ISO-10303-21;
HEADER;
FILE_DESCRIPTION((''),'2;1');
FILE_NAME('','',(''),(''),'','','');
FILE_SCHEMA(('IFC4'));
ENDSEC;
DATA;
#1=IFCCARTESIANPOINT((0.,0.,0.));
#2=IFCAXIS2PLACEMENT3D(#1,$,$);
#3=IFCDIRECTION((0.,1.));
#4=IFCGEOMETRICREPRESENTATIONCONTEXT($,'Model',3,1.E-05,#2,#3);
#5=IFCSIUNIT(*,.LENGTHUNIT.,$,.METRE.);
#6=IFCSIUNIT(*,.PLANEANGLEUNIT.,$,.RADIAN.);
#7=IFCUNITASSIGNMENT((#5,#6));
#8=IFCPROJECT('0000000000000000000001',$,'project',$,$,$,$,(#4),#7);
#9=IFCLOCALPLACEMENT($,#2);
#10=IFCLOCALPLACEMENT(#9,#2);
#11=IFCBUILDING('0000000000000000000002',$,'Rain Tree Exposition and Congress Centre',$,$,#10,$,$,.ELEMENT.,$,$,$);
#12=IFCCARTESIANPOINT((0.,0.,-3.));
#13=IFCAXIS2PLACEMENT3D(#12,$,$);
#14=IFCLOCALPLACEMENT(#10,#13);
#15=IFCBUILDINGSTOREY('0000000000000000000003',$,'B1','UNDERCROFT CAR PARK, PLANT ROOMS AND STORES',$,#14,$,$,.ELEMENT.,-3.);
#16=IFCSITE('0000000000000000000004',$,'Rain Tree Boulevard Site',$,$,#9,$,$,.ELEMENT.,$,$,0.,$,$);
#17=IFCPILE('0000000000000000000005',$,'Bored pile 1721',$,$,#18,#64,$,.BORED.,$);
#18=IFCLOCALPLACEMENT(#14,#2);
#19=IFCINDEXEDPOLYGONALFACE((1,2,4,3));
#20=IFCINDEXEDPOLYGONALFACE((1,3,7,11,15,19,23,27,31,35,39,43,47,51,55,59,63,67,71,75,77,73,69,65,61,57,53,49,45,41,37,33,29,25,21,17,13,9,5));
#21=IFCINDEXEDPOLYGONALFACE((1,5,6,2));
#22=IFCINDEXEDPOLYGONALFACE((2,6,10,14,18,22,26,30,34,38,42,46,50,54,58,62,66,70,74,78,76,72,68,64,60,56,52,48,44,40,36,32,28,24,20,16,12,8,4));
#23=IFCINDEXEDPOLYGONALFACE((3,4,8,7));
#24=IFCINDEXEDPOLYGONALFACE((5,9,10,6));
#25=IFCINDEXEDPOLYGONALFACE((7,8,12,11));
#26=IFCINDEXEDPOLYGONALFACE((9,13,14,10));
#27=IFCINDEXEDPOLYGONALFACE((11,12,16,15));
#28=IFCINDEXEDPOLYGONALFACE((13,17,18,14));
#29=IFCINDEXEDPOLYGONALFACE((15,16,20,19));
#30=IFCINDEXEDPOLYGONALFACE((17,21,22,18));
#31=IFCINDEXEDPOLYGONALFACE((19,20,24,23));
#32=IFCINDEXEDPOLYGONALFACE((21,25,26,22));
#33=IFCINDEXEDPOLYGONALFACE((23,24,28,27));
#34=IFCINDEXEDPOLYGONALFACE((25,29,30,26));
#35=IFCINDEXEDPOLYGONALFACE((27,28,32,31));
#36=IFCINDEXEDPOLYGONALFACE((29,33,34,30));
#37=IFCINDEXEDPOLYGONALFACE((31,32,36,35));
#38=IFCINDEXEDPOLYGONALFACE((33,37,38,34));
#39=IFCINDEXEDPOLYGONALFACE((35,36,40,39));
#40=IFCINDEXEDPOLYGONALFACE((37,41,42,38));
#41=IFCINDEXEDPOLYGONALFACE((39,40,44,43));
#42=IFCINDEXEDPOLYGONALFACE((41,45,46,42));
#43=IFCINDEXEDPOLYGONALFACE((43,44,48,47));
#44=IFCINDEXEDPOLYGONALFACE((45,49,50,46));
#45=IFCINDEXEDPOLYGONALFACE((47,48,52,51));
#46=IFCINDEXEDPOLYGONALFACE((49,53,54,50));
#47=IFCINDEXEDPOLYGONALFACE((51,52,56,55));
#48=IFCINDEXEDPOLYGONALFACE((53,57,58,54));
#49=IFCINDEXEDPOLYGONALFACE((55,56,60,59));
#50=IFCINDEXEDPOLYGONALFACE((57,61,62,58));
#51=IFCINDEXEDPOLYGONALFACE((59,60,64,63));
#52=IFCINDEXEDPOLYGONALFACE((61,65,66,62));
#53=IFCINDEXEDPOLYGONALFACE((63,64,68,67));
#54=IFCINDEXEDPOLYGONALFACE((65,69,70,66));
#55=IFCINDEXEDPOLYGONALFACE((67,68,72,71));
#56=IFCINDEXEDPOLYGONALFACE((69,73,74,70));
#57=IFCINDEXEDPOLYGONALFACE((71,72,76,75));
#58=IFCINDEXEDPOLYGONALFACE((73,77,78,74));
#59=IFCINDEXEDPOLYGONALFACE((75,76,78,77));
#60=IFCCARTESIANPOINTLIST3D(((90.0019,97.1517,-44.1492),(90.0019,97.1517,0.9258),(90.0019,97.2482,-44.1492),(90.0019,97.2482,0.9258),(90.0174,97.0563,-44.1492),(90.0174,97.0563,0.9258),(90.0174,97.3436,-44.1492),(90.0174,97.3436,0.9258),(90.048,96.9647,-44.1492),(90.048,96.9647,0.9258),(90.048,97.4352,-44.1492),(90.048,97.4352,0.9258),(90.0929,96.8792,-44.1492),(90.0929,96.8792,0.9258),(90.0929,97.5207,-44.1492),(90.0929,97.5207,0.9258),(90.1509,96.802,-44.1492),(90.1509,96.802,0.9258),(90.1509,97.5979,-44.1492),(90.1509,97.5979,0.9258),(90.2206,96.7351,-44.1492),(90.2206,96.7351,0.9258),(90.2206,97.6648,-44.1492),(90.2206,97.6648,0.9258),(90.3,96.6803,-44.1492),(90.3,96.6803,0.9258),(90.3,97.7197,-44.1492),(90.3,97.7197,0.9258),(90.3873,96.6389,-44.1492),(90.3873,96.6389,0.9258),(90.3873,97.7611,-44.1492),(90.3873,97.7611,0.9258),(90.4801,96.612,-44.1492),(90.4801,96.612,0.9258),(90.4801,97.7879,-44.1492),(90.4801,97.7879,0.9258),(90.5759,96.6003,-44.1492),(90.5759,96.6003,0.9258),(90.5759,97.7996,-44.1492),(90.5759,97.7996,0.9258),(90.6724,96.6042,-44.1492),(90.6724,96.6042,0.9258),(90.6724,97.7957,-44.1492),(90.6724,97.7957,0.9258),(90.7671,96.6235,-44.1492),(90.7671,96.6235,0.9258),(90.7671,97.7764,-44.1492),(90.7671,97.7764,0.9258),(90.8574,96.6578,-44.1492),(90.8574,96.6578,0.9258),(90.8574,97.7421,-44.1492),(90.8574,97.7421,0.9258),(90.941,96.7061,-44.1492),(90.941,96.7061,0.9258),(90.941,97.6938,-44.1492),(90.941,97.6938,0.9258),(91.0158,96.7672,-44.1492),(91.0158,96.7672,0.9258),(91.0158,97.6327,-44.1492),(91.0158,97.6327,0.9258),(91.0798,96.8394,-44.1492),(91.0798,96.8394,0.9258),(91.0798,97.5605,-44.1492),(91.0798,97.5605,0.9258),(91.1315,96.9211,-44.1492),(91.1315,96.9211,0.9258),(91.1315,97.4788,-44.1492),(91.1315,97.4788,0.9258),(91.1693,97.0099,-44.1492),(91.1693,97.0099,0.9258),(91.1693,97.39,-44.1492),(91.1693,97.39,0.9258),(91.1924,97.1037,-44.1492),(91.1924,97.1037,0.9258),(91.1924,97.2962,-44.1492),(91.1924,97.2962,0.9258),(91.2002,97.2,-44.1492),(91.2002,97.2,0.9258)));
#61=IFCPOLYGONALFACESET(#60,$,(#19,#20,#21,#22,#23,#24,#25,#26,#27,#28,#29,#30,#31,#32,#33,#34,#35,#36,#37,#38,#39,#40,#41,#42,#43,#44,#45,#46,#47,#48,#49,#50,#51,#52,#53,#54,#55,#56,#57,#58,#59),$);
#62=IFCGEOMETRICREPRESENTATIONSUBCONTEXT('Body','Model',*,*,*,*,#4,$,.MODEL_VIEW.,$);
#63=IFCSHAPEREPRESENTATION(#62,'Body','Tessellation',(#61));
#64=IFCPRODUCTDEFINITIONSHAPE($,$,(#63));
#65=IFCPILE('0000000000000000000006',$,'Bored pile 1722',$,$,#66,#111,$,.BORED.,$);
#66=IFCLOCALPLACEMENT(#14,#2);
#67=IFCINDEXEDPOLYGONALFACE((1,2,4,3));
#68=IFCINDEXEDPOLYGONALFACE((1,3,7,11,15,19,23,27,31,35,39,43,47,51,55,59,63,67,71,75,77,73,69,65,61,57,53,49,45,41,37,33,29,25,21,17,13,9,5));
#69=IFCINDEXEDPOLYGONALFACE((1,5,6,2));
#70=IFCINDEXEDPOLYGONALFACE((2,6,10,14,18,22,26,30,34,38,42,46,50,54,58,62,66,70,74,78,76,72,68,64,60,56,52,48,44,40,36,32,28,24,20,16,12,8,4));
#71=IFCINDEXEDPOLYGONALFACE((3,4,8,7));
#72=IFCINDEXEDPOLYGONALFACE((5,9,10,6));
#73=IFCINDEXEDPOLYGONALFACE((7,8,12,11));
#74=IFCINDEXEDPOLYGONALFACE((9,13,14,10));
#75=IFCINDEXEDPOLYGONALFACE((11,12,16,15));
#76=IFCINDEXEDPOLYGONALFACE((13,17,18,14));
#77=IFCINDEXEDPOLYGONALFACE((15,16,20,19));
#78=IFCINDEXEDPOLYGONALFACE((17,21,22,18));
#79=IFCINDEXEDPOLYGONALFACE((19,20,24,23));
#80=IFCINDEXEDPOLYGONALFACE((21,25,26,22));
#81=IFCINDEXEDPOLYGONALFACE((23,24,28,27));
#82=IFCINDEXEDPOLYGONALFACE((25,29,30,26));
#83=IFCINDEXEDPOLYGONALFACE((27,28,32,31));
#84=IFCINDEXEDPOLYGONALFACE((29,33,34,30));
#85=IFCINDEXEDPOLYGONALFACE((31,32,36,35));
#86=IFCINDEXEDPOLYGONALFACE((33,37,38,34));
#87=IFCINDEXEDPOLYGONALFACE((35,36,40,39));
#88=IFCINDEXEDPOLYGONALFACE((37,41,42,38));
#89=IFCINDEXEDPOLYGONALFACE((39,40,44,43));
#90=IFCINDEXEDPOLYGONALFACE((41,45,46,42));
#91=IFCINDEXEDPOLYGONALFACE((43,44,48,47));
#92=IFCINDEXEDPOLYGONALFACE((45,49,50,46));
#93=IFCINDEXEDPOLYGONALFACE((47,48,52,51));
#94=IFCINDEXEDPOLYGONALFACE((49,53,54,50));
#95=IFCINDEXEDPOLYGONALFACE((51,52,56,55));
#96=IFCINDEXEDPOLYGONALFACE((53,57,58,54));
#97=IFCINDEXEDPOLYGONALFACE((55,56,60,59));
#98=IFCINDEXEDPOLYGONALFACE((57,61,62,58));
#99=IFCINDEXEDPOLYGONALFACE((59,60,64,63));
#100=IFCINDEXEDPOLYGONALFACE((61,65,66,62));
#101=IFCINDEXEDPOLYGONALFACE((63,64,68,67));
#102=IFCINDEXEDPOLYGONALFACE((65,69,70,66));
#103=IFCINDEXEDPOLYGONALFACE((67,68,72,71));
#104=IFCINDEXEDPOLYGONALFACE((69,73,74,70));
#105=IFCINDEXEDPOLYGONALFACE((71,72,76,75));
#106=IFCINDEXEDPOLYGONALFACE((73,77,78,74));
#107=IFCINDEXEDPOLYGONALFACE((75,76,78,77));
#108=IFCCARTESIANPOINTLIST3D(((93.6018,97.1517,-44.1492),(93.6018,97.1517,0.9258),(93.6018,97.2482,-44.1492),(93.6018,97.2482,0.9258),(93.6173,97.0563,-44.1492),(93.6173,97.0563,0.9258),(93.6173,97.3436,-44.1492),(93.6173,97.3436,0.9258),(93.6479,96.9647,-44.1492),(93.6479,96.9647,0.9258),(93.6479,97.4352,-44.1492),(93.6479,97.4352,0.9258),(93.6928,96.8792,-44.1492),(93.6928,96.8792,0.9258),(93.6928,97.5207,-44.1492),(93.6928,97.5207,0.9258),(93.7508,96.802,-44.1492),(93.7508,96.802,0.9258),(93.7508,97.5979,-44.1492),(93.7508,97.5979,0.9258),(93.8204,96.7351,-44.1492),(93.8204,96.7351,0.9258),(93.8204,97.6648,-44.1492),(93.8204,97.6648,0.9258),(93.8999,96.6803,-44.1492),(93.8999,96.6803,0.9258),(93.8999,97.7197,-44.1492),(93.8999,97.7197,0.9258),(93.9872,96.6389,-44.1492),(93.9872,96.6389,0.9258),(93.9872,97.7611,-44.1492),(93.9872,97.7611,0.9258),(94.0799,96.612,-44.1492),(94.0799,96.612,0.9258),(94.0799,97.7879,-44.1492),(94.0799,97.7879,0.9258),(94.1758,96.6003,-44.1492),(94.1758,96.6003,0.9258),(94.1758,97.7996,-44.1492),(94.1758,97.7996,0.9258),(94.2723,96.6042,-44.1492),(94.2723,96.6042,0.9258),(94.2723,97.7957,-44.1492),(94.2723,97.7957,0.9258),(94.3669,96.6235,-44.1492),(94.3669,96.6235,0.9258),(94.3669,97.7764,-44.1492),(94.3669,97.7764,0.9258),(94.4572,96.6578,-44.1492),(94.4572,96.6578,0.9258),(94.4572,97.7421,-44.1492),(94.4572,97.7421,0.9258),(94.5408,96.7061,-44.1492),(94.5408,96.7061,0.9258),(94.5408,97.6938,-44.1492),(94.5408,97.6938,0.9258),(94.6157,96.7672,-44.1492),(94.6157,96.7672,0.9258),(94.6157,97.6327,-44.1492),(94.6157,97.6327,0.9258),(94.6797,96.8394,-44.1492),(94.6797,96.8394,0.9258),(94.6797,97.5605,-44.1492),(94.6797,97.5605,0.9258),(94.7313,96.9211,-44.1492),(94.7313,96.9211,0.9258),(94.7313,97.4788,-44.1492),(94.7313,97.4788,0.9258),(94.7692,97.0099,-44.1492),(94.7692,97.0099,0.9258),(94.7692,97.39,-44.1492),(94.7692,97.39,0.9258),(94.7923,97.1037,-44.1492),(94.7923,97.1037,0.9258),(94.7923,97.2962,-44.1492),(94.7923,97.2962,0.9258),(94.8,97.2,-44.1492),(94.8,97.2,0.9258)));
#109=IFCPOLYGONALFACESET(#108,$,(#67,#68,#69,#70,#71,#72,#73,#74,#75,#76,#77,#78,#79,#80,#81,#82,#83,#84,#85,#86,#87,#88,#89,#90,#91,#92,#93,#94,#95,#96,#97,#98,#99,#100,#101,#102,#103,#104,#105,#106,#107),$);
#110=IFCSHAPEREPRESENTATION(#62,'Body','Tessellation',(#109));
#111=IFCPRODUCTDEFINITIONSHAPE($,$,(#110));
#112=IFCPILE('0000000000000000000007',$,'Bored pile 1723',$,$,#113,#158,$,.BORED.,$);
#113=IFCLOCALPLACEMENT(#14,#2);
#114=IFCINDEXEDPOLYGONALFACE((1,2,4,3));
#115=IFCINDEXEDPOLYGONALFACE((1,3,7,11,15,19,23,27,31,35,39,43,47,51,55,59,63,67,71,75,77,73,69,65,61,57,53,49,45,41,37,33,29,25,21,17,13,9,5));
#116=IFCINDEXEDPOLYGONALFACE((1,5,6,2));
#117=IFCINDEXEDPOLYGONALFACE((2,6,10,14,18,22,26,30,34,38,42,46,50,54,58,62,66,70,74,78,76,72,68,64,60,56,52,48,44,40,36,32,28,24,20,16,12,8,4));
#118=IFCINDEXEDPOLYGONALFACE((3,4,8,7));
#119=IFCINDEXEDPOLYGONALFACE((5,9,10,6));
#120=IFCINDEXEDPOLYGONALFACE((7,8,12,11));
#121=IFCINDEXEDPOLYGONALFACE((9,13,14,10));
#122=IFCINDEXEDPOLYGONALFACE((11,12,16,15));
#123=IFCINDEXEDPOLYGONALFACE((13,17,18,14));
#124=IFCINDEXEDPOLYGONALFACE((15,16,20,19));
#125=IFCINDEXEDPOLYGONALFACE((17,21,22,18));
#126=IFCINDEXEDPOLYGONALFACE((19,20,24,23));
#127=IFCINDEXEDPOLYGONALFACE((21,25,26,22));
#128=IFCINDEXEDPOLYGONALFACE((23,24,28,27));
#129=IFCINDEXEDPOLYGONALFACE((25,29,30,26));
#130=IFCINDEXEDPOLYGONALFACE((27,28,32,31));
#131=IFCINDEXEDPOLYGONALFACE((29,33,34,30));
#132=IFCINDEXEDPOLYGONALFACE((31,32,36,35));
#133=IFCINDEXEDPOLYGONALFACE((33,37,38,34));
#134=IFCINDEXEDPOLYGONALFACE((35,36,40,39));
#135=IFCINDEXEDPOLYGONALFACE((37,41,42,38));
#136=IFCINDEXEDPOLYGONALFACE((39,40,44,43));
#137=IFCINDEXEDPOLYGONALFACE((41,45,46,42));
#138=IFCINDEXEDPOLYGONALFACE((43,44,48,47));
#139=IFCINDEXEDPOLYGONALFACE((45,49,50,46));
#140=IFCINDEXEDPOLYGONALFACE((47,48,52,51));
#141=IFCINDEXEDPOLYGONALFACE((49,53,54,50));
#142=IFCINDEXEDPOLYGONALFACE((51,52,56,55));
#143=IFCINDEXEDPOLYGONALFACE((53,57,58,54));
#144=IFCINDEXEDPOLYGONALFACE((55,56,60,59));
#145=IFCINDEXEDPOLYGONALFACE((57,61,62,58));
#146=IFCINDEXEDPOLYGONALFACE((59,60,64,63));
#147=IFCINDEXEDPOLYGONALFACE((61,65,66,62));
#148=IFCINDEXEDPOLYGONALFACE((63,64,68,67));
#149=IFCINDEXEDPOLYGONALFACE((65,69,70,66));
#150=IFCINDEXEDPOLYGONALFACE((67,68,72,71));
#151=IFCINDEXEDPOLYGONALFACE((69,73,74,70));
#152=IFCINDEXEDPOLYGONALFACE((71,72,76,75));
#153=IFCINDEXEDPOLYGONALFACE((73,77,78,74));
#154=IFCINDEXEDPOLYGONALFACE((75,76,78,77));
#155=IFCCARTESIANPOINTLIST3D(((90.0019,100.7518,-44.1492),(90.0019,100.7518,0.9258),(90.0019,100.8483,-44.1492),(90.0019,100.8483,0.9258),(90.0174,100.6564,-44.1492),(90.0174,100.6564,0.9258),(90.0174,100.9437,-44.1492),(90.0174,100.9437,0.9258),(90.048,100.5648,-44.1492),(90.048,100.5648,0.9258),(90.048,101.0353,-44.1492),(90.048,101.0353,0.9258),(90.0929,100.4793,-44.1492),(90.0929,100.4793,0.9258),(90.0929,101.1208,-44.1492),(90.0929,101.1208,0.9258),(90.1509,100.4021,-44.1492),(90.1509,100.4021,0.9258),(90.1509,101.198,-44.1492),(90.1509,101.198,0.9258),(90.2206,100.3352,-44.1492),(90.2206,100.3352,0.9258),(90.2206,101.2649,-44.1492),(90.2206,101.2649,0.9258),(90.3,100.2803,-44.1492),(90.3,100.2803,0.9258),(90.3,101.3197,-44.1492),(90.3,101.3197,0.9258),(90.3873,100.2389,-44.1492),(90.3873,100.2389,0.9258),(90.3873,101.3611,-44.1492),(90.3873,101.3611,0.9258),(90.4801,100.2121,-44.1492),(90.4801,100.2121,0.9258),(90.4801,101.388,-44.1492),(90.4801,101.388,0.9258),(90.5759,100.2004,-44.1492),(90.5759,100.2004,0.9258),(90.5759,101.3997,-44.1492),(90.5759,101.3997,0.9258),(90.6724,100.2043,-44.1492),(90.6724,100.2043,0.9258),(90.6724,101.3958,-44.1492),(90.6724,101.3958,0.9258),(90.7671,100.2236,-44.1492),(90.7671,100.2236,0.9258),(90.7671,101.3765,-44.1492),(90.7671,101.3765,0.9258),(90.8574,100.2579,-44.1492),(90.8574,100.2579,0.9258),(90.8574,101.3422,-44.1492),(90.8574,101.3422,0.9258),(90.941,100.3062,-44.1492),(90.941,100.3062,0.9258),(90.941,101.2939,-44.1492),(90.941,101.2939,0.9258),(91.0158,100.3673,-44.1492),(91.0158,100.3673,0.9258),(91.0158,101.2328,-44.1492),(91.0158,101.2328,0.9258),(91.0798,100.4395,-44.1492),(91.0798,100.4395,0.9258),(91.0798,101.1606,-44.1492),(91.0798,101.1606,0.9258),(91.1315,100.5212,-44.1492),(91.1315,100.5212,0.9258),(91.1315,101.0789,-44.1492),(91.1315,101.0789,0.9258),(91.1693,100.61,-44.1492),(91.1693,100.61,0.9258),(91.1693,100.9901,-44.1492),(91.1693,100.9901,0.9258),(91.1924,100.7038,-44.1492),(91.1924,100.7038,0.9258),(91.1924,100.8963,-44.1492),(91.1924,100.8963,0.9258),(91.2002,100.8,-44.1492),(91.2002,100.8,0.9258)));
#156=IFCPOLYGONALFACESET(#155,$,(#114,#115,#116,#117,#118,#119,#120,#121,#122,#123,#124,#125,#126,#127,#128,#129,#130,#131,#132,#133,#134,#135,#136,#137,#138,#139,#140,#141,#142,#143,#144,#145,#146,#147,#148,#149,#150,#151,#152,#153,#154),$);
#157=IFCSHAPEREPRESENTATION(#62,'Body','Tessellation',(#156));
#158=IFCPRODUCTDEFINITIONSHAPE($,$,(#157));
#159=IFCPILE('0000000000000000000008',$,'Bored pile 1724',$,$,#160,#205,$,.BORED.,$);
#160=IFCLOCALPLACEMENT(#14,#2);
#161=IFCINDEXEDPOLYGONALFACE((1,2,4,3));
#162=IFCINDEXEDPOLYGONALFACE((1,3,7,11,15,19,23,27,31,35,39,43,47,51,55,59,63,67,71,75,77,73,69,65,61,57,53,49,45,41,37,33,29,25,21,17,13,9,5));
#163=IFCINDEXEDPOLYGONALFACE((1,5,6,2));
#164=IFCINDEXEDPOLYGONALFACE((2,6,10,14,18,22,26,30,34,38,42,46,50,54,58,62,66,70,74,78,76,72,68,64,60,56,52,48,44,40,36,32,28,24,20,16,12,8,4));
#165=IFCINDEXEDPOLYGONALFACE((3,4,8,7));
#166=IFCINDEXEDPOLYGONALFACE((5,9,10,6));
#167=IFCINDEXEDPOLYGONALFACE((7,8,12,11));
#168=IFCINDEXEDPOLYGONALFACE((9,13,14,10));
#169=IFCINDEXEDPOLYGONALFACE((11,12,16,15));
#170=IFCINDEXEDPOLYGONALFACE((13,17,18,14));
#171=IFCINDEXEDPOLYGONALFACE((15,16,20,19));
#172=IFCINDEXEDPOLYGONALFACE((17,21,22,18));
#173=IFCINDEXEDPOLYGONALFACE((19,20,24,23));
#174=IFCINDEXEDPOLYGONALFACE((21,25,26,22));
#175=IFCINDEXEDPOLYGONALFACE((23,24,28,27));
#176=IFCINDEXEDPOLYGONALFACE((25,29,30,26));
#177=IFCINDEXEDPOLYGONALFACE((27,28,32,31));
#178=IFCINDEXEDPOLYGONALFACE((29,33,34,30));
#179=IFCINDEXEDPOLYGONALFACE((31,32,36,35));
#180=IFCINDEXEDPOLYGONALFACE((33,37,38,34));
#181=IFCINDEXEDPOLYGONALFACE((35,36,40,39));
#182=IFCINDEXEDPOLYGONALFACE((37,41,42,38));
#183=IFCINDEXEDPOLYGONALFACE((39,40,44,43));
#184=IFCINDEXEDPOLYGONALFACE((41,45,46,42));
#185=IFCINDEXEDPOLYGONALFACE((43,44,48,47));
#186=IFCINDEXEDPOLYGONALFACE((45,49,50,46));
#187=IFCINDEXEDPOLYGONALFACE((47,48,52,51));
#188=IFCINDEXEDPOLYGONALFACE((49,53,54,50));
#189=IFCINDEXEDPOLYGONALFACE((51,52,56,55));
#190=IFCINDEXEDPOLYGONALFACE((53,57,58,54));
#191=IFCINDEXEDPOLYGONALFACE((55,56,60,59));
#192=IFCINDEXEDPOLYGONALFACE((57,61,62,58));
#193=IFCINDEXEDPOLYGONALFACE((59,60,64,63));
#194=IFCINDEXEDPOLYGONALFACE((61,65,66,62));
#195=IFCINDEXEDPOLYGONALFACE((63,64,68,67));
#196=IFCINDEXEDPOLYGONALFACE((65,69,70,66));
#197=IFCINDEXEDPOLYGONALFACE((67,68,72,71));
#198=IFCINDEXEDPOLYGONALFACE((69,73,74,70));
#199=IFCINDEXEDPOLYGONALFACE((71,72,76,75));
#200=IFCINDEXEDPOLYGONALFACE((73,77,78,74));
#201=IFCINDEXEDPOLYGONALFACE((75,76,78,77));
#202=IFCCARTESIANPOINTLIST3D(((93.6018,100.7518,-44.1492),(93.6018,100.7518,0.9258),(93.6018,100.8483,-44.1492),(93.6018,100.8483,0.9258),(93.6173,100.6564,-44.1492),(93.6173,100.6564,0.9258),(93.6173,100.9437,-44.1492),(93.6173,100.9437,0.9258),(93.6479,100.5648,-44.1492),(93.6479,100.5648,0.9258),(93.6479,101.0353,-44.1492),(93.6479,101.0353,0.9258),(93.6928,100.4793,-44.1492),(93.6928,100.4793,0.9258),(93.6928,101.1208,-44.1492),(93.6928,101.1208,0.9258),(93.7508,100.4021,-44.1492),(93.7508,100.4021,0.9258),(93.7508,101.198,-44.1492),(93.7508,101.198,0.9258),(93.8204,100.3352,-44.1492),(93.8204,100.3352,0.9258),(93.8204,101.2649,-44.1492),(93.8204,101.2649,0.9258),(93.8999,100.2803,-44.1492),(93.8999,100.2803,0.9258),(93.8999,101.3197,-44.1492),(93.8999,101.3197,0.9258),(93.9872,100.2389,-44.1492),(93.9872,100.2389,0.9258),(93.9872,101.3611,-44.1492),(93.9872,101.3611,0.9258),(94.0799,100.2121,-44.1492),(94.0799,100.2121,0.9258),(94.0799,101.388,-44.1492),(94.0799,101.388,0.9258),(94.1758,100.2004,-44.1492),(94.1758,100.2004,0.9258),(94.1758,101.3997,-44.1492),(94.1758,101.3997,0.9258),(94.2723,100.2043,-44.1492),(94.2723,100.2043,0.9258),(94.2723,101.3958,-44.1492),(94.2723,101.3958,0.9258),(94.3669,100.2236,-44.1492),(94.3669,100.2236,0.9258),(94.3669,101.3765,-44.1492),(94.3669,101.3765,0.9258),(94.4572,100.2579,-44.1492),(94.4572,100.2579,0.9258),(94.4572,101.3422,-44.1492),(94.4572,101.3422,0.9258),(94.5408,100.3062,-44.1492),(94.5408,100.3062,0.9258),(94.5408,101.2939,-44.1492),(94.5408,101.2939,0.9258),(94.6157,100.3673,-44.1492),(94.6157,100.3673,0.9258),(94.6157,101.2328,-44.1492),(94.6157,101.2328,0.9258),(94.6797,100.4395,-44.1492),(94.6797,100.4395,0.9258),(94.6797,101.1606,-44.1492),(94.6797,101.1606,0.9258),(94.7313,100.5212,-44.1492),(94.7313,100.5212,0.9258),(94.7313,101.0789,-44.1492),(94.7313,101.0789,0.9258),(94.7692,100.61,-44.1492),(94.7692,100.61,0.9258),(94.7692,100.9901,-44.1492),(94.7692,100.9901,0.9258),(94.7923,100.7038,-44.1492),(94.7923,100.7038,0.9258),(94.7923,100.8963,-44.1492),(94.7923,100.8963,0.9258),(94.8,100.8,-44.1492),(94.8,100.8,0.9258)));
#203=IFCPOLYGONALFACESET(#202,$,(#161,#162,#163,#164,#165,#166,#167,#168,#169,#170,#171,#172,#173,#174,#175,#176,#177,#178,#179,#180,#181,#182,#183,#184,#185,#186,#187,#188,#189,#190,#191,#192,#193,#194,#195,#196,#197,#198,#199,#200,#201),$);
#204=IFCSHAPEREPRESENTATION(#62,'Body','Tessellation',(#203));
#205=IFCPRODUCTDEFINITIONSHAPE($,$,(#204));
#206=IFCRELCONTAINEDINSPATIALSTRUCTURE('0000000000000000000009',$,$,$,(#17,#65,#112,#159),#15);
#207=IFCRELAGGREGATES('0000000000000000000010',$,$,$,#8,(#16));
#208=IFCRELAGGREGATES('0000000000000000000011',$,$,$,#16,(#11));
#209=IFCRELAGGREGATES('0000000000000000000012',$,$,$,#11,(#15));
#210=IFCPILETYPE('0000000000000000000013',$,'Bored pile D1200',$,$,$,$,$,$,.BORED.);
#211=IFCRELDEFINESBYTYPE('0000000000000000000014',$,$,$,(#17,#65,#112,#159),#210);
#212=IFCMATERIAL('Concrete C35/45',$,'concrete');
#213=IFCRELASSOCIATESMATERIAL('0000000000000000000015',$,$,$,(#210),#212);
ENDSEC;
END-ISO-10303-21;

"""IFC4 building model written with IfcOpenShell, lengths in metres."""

from ifc_helpers import new_model, si_unit, direction, frame, origin, origin_2d, place, context, subcontext, project, spatial, circle, extrude, material, material_profile, profile_set, type_object, element, save


model = new_model("IFC4")

# Units and contexts
model_context = context("Model", 3, precision=1e-05, world=origin(), true_north=direction((0.0, 1.0)))
body_context = subcontext(model_context, "Body", "Model", "MODEL_VIEW")
ifc_project = project(units=[si_unit("LENGTHUNIT", "METRE"), si_unit("PLANEANGLEUNIT", "RADIAN")], contexts=[model_context])

# Site, building, storey
site_placement = place(None, origin())
site = spatial("IfcSite", under=ifc_project, at=site_placement, Name="Rain Tree Boulevard Site", CompositionType="ELEMENT", RefElevation=0.0)
building_placement = place(site_placement, origin())
building = spatial("IfcBuilding", under=site, at=building_placement, Name="Rain Tree Exposition and Congress Centre", CompositionType="ELEMENT")
storey_placement = place(building_placement, frame((0.0, 0.0, -3.0)))
storey = spatial("IfcBuildingStorey", under=building, at=storey_placement, Name="B1", Description="UNDERCROFT CAR PARK, PLANT ROOMS AND STORES", CompositionType="ELEMENT", Elevation=-3.0)

# Piles
ifc_material_1 = material(Name="Concrete C35/45", Category="concrete")
ifc_material_profile_1 = material_profile(ifc_material_1, circle(Radius=0.6001, at=origin_2d()), Name="D1200")
ifc_profile_set_1 = profile_set([ifc_material_profile_1], Name="Concrete C35/45")
pile_type_1 = type_object("IfcPileType", Name="Bored pile D1200", PredefinedType="BORED", material=ifc_profile_set_1)
for number, where, z_axis, x_axis, name in (
    (1, (90.6001, 97.2, 0.9258), (0.0, 0.0, -1.0), (1.0, 0.0, 0.0), "Bored pile 1721"),
    (2, (94.2, 97.2, 0.9258), (0.0, 0.0, -1.0), (1.0, 0.0, 0.0), "Bored pile 1722"),
    (3, (90.6001, 100.8, 0.9258), (0.0, 0.0, -1.0), (1.0, 0.0, 0.0), "Bored pile 1723"),
    (4, (94.2, 100.8, 0.9258), (0.0, 0.0, -1.0), (1.0, 0.0, 0.0), "Bored pile 1724"),
):
    element("IfcPile", number, at=place(storey_placement, frame(where, z_axis=z_axis, x_axis=x_axis)), inside=storey, type_object=pile_type_1, Name=name, PredefinedType="BORED", context=body_context, shape_type="SweptSolid", body=[
        extrude(circle(Radius=0.6001, at=origin_2d()), origin(), (0.0, 0.0, 1.0), 45.075),
    ])

save(model, "model.ifc")
